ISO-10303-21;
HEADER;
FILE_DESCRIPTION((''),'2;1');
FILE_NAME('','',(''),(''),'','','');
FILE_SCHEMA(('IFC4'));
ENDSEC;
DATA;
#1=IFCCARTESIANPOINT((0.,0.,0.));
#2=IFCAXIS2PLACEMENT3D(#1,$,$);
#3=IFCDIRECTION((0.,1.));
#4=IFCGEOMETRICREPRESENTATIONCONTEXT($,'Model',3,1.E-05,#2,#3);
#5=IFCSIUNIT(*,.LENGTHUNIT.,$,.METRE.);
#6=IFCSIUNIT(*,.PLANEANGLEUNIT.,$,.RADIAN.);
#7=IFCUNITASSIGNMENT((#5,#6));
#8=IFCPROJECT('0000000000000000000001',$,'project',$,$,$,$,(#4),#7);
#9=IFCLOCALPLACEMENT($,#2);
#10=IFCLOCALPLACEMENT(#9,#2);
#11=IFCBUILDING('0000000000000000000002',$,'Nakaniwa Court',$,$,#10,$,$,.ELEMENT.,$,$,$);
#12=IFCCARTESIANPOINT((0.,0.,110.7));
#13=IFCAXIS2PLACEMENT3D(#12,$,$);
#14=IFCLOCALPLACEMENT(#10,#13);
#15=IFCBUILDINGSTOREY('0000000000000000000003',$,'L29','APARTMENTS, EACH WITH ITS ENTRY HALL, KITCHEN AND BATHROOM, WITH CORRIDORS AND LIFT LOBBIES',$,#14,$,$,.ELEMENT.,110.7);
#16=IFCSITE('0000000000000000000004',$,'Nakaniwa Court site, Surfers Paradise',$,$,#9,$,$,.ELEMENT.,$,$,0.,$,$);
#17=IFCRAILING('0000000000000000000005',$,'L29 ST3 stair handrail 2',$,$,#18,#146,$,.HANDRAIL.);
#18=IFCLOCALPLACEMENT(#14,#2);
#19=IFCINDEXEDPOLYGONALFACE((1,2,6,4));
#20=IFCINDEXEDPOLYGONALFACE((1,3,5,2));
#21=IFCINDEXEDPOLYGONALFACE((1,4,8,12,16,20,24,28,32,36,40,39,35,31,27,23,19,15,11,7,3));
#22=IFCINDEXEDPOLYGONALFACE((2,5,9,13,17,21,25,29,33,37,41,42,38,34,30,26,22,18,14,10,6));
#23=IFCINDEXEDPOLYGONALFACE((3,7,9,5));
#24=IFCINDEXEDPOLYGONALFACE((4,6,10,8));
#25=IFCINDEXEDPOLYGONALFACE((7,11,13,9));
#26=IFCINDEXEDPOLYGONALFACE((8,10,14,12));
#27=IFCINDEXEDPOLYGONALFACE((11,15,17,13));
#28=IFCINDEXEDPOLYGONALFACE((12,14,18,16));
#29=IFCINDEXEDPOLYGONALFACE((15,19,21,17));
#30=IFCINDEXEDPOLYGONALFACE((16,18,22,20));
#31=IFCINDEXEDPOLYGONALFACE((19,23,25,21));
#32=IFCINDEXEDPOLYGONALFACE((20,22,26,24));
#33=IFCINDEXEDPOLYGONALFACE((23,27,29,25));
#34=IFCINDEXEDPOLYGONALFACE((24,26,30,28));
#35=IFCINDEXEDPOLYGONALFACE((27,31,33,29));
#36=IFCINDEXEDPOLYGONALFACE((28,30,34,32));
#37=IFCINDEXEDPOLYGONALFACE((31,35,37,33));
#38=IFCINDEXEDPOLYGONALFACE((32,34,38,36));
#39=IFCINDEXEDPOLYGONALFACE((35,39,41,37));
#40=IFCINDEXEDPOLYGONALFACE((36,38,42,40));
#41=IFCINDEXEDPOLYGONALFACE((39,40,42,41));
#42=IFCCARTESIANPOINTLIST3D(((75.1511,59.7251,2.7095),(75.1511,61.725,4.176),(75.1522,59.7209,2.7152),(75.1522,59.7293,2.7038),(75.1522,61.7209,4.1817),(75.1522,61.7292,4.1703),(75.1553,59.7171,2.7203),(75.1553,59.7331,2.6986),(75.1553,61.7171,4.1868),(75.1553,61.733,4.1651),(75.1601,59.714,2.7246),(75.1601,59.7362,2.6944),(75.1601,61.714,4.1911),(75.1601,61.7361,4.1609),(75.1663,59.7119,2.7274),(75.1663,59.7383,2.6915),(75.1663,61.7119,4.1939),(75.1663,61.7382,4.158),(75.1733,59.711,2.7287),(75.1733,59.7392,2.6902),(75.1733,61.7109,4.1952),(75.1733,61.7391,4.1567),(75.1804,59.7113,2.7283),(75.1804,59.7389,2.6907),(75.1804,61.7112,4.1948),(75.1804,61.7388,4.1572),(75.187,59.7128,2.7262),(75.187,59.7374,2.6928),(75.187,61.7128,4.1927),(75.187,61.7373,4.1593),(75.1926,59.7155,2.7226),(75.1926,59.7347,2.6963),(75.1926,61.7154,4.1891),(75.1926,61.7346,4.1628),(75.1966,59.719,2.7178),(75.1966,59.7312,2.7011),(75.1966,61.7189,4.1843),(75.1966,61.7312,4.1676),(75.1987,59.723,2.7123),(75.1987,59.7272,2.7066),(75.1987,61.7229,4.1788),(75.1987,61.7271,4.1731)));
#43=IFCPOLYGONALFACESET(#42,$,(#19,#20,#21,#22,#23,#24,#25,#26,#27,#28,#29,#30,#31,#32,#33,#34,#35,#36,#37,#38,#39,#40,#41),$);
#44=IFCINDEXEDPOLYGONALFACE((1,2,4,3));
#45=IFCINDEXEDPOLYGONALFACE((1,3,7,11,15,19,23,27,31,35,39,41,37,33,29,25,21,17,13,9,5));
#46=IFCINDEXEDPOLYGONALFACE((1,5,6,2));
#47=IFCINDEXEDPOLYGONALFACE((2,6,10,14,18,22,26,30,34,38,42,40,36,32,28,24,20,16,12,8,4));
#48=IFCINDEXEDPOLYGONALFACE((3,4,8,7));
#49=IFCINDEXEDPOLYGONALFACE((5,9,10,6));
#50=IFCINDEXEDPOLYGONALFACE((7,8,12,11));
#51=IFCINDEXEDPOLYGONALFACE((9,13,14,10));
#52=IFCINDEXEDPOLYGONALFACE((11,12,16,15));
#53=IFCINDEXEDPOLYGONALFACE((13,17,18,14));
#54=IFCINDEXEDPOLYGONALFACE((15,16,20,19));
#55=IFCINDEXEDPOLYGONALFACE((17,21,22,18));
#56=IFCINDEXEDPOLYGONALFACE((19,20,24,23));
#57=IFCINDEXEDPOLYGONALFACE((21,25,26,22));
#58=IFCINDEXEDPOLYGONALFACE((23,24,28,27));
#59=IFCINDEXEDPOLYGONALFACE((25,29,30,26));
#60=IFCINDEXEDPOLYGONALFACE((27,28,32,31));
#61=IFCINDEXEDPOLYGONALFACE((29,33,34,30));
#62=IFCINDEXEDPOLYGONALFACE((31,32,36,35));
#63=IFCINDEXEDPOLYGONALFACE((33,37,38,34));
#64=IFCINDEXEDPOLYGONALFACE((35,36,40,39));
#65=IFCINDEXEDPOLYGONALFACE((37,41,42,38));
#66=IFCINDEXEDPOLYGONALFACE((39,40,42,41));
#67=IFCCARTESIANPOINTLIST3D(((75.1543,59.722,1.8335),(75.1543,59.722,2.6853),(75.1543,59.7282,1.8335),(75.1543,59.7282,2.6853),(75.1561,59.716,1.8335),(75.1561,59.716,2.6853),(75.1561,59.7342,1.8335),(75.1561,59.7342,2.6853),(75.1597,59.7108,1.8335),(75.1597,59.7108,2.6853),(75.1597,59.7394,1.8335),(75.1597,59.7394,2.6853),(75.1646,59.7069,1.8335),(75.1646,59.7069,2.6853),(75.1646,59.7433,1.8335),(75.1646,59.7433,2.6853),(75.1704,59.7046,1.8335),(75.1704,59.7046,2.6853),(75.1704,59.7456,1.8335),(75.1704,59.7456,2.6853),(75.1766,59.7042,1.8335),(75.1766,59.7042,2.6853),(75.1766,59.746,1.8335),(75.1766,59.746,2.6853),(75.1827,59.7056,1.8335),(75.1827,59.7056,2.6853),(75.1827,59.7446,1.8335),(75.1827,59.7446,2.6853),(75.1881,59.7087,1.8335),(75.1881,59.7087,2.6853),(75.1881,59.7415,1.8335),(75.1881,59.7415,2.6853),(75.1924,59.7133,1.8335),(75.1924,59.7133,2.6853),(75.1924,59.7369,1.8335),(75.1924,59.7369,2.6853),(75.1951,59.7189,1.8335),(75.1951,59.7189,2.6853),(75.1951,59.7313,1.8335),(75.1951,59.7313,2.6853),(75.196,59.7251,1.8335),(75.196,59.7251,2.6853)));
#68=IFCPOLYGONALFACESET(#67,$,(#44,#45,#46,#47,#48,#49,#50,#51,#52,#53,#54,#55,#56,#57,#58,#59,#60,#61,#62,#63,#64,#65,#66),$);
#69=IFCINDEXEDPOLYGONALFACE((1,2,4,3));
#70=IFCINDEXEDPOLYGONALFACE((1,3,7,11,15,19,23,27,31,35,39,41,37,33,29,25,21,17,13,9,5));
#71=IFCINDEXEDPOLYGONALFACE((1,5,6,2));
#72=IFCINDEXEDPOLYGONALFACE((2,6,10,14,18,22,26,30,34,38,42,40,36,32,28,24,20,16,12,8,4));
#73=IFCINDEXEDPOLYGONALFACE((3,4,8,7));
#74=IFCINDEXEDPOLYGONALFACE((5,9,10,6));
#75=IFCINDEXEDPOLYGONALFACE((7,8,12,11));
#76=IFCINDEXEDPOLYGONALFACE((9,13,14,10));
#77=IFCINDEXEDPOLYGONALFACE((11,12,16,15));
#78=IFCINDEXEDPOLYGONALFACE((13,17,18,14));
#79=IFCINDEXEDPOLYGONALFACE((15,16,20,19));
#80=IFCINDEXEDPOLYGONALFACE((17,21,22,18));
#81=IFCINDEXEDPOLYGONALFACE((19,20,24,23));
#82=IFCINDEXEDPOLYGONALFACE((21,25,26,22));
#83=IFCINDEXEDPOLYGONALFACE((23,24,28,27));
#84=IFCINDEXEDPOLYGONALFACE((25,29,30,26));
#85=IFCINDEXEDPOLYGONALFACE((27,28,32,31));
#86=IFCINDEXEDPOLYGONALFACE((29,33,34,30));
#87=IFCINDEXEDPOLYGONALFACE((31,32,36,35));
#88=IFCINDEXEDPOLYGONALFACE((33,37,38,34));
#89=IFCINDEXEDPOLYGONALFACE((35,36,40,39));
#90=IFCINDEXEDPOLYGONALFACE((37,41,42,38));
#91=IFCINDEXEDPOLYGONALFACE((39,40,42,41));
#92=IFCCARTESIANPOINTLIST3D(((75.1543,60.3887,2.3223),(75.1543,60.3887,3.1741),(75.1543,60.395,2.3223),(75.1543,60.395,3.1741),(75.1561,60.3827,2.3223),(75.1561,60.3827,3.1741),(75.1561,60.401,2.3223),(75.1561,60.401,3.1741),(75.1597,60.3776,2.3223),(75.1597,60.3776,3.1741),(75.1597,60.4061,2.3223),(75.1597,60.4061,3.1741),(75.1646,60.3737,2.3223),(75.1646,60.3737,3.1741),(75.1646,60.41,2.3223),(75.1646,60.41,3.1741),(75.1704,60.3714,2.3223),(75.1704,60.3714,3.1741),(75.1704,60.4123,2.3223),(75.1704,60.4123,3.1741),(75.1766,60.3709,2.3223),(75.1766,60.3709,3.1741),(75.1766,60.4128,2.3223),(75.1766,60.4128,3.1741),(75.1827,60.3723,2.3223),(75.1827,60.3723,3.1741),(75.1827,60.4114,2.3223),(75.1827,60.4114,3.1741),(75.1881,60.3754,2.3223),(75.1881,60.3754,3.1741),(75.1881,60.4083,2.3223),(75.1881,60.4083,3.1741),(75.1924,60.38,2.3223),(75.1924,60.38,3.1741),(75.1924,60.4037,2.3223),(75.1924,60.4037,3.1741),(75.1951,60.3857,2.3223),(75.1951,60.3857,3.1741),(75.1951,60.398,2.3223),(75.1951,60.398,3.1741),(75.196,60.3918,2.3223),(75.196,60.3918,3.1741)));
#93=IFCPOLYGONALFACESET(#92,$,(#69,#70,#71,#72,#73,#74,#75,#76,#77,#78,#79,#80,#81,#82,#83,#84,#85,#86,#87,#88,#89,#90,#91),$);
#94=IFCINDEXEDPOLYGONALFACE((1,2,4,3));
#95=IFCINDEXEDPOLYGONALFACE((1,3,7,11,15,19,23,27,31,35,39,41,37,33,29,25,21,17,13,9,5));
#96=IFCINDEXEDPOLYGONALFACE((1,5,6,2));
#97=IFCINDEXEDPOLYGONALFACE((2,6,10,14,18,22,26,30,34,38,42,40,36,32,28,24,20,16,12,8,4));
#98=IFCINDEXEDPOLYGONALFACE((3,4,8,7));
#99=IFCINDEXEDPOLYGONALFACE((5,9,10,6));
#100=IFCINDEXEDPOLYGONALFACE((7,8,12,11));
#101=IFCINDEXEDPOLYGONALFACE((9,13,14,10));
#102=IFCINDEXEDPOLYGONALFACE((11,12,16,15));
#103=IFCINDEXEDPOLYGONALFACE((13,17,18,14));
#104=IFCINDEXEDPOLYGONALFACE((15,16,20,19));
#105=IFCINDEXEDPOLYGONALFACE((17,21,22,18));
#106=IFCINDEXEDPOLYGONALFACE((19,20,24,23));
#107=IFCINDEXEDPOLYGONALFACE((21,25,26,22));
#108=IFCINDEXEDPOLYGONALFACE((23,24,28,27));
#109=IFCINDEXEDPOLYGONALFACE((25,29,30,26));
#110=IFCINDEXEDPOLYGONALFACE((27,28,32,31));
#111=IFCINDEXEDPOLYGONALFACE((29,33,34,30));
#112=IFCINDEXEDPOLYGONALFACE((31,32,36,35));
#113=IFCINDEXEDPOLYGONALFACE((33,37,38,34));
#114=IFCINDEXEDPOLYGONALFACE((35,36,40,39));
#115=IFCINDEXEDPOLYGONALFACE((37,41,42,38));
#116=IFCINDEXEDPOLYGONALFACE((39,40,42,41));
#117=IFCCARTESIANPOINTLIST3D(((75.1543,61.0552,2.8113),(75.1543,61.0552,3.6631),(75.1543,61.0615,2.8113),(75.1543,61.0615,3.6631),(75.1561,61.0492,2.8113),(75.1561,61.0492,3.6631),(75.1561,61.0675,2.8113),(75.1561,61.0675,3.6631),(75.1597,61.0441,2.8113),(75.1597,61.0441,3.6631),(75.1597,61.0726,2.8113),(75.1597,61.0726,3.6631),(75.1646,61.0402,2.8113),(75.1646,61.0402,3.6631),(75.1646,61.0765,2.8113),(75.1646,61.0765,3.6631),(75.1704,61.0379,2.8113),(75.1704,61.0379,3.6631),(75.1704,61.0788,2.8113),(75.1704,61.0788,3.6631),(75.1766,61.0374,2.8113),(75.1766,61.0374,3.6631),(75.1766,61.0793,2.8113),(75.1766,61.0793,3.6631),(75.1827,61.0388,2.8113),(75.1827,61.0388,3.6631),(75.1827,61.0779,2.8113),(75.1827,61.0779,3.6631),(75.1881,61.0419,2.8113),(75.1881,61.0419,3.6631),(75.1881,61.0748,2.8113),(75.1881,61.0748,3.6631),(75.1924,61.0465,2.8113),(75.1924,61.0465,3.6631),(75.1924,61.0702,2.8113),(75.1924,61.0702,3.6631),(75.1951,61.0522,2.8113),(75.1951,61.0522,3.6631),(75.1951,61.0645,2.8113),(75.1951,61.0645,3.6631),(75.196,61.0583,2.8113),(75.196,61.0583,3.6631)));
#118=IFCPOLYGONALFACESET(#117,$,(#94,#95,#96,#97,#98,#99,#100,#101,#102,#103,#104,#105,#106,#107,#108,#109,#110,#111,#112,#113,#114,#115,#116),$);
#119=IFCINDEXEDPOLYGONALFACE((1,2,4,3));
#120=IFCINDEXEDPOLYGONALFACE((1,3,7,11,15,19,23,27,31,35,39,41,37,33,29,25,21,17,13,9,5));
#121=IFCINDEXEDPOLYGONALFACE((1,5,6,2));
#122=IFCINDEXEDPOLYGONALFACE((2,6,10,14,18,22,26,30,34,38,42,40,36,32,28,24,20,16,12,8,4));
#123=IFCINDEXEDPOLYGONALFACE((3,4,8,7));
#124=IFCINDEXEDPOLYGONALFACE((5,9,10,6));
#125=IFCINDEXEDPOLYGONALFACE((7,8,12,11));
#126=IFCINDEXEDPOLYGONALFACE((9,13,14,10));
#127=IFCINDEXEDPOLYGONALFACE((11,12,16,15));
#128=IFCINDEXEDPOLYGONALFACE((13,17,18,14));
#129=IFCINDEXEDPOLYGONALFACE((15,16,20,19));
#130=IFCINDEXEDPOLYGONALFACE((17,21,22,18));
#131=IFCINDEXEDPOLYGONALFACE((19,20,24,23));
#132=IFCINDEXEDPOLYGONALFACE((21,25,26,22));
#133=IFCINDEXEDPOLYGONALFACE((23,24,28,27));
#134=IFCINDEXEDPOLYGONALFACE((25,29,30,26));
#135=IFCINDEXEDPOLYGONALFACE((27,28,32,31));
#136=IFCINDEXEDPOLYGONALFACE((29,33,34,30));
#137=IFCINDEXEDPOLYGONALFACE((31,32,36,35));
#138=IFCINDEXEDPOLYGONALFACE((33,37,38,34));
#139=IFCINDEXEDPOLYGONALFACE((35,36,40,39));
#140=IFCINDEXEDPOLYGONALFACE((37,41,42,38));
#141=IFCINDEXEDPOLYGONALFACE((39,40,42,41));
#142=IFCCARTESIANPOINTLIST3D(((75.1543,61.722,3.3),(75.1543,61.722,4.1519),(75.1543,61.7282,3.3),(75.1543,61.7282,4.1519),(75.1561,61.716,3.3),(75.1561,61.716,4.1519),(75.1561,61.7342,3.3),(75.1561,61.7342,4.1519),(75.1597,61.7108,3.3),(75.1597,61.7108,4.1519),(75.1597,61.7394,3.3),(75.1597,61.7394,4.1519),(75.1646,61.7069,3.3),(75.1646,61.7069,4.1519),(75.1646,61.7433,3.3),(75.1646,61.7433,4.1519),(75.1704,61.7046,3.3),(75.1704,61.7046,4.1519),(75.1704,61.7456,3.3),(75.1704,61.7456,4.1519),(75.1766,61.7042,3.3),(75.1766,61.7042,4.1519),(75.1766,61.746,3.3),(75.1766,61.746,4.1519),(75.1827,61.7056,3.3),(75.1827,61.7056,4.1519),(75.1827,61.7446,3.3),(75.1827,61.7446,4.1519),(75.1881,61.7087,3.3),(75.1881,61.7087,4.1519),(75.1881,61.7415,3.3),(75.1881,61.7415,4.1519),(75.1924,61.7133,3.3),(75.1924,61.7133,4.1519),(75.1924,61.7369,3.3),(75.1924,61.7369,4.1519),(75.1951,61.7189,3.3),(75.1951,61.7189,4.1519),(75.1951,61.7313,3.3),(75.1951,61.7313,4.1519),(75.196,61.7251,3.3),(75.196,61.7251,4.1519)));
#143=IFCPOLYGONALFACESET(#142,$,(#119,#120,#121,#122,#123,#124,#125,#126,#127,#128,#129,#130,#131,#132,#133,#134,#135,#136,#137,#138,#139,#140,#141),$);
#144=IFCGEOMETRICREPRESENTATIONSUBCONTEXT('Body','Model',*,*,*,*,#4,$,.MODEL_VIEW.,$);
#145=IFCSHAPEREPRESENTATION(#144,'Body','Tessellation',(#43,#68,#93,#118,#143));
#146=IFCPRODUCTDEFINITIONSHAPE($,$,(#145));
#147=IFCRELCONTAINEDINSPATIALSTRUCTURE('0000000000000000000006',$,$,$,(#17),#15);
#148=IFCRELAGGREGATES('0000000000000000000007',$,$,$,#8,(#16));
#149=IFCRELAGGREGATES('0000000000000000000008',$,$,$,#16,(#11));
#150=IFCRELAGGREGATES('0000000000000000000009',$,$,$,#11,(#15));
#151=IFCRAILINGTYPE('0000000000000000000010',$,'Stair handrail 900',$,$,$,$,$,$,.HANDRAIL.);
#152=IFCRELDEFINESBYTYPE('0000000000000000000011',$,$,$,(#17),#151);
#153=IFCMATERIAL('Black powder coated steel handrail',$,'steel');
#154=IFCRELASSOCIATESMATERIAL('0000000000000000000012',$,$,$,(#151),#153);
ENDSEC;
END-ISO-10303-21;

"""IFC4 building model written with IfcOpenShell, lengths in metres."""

from ifc_helpers import new_model, si_unit, direction, frame, origin, origin_2d, place, context, subcontext, project, spatial, circle, extrude, material, type_object, element, save


model = new_model("IFC4")

# Units and contexts
model_context = context("Model", 3, precision=1e-05, world=origin(), true_north=direction((0.0, 1.0)))
body_context = subcontext(model_context, "Body", "Model", "MODEL_VIEW")
ifc_project = project(units=[si_unit("LENGTHUNIT", "METRE"), si_unit("PLANEANGLEUNIT", "RADIAN")], contexts=[model_context])

# Site, building, storey
site_placement = place(None, origin())
site = spatial("IfcSite", under=ifc_project, at=site_placement, Name="Nakaniwa Court site, Surfers Paradise", CompositionType="ELEMENT", RefElevation=0.0)
building_placement = place(site_placement, origin())
building = spatial("IfcBuilding", under=site, at=building_placement, Name="Nakaniwa Court", CompositionType="ELEMENT")
storey_placement = place(building_placement, frame((0.0, 0.0, 110.7)))
storey = spatial("IfcBuildingStorey", under=building, at=storey_placement, Name="L29", Description="APARTMENTS, EACH WITH ITS ENTRY HALL, KITCHEN AND BATHROOM, WITH CORRIDORS AND LIFT LOBBIES", CompositionType="ELEMENT", Elevation=110.7)

# Railing
ifc_material_1 = material(Name="Black powder coated steel handrail", Category="steel")
railing_type_1 = type_object("IfcRailingType", Name="Stair handrail 900", PredefinedType="HANDRAIL", material=ifc_material_1)
railing_1_placement = place(storey_placement, frame((75.175, 59.7251, 1.8335)))
element("IfcRailing", 1, at=railing_1_placement, inside=storey, type_object=railing_type_1, Name="L29 ST3 stair handrail 2", PredefinedType="HANDRAIL", context=body_context, shape_type="SweptSolid", body=[
    extrude(circle(Radius=0.0239, at=origin_2d()), frame((0.0, 0.0, 0.876), z_axis=(0.0, 0.806427, 0.591334), x_axis=(-1.0, 0.0, 0.0)), (0.0, 0.0, 1.0), 2.48),
    extrude(circle(Radius=0.021, at=origin_2d()), origin(), (0.0, 0.0, 1.0), 0.8518),
    extrude(circle(Radius=0.021, at=origin_2d()), frame((0.0, 0.6667, 0.4888)), (0.0, 0.0, 1.0), 0.8518),
    extrude(circle(Radius=0.021, at=origin_2d()), frame((0.0, 1.3333, 0.9778)), (0.0, 0.0, 1.0), 0.8518),
    extrude(circle(Radius=0.021, at=origin_2d()), frame((0.0, 2.0, 1.4666)), (0.0, 0.0, 1.0), 0.8518),
])

save(model, "model.ifc")
